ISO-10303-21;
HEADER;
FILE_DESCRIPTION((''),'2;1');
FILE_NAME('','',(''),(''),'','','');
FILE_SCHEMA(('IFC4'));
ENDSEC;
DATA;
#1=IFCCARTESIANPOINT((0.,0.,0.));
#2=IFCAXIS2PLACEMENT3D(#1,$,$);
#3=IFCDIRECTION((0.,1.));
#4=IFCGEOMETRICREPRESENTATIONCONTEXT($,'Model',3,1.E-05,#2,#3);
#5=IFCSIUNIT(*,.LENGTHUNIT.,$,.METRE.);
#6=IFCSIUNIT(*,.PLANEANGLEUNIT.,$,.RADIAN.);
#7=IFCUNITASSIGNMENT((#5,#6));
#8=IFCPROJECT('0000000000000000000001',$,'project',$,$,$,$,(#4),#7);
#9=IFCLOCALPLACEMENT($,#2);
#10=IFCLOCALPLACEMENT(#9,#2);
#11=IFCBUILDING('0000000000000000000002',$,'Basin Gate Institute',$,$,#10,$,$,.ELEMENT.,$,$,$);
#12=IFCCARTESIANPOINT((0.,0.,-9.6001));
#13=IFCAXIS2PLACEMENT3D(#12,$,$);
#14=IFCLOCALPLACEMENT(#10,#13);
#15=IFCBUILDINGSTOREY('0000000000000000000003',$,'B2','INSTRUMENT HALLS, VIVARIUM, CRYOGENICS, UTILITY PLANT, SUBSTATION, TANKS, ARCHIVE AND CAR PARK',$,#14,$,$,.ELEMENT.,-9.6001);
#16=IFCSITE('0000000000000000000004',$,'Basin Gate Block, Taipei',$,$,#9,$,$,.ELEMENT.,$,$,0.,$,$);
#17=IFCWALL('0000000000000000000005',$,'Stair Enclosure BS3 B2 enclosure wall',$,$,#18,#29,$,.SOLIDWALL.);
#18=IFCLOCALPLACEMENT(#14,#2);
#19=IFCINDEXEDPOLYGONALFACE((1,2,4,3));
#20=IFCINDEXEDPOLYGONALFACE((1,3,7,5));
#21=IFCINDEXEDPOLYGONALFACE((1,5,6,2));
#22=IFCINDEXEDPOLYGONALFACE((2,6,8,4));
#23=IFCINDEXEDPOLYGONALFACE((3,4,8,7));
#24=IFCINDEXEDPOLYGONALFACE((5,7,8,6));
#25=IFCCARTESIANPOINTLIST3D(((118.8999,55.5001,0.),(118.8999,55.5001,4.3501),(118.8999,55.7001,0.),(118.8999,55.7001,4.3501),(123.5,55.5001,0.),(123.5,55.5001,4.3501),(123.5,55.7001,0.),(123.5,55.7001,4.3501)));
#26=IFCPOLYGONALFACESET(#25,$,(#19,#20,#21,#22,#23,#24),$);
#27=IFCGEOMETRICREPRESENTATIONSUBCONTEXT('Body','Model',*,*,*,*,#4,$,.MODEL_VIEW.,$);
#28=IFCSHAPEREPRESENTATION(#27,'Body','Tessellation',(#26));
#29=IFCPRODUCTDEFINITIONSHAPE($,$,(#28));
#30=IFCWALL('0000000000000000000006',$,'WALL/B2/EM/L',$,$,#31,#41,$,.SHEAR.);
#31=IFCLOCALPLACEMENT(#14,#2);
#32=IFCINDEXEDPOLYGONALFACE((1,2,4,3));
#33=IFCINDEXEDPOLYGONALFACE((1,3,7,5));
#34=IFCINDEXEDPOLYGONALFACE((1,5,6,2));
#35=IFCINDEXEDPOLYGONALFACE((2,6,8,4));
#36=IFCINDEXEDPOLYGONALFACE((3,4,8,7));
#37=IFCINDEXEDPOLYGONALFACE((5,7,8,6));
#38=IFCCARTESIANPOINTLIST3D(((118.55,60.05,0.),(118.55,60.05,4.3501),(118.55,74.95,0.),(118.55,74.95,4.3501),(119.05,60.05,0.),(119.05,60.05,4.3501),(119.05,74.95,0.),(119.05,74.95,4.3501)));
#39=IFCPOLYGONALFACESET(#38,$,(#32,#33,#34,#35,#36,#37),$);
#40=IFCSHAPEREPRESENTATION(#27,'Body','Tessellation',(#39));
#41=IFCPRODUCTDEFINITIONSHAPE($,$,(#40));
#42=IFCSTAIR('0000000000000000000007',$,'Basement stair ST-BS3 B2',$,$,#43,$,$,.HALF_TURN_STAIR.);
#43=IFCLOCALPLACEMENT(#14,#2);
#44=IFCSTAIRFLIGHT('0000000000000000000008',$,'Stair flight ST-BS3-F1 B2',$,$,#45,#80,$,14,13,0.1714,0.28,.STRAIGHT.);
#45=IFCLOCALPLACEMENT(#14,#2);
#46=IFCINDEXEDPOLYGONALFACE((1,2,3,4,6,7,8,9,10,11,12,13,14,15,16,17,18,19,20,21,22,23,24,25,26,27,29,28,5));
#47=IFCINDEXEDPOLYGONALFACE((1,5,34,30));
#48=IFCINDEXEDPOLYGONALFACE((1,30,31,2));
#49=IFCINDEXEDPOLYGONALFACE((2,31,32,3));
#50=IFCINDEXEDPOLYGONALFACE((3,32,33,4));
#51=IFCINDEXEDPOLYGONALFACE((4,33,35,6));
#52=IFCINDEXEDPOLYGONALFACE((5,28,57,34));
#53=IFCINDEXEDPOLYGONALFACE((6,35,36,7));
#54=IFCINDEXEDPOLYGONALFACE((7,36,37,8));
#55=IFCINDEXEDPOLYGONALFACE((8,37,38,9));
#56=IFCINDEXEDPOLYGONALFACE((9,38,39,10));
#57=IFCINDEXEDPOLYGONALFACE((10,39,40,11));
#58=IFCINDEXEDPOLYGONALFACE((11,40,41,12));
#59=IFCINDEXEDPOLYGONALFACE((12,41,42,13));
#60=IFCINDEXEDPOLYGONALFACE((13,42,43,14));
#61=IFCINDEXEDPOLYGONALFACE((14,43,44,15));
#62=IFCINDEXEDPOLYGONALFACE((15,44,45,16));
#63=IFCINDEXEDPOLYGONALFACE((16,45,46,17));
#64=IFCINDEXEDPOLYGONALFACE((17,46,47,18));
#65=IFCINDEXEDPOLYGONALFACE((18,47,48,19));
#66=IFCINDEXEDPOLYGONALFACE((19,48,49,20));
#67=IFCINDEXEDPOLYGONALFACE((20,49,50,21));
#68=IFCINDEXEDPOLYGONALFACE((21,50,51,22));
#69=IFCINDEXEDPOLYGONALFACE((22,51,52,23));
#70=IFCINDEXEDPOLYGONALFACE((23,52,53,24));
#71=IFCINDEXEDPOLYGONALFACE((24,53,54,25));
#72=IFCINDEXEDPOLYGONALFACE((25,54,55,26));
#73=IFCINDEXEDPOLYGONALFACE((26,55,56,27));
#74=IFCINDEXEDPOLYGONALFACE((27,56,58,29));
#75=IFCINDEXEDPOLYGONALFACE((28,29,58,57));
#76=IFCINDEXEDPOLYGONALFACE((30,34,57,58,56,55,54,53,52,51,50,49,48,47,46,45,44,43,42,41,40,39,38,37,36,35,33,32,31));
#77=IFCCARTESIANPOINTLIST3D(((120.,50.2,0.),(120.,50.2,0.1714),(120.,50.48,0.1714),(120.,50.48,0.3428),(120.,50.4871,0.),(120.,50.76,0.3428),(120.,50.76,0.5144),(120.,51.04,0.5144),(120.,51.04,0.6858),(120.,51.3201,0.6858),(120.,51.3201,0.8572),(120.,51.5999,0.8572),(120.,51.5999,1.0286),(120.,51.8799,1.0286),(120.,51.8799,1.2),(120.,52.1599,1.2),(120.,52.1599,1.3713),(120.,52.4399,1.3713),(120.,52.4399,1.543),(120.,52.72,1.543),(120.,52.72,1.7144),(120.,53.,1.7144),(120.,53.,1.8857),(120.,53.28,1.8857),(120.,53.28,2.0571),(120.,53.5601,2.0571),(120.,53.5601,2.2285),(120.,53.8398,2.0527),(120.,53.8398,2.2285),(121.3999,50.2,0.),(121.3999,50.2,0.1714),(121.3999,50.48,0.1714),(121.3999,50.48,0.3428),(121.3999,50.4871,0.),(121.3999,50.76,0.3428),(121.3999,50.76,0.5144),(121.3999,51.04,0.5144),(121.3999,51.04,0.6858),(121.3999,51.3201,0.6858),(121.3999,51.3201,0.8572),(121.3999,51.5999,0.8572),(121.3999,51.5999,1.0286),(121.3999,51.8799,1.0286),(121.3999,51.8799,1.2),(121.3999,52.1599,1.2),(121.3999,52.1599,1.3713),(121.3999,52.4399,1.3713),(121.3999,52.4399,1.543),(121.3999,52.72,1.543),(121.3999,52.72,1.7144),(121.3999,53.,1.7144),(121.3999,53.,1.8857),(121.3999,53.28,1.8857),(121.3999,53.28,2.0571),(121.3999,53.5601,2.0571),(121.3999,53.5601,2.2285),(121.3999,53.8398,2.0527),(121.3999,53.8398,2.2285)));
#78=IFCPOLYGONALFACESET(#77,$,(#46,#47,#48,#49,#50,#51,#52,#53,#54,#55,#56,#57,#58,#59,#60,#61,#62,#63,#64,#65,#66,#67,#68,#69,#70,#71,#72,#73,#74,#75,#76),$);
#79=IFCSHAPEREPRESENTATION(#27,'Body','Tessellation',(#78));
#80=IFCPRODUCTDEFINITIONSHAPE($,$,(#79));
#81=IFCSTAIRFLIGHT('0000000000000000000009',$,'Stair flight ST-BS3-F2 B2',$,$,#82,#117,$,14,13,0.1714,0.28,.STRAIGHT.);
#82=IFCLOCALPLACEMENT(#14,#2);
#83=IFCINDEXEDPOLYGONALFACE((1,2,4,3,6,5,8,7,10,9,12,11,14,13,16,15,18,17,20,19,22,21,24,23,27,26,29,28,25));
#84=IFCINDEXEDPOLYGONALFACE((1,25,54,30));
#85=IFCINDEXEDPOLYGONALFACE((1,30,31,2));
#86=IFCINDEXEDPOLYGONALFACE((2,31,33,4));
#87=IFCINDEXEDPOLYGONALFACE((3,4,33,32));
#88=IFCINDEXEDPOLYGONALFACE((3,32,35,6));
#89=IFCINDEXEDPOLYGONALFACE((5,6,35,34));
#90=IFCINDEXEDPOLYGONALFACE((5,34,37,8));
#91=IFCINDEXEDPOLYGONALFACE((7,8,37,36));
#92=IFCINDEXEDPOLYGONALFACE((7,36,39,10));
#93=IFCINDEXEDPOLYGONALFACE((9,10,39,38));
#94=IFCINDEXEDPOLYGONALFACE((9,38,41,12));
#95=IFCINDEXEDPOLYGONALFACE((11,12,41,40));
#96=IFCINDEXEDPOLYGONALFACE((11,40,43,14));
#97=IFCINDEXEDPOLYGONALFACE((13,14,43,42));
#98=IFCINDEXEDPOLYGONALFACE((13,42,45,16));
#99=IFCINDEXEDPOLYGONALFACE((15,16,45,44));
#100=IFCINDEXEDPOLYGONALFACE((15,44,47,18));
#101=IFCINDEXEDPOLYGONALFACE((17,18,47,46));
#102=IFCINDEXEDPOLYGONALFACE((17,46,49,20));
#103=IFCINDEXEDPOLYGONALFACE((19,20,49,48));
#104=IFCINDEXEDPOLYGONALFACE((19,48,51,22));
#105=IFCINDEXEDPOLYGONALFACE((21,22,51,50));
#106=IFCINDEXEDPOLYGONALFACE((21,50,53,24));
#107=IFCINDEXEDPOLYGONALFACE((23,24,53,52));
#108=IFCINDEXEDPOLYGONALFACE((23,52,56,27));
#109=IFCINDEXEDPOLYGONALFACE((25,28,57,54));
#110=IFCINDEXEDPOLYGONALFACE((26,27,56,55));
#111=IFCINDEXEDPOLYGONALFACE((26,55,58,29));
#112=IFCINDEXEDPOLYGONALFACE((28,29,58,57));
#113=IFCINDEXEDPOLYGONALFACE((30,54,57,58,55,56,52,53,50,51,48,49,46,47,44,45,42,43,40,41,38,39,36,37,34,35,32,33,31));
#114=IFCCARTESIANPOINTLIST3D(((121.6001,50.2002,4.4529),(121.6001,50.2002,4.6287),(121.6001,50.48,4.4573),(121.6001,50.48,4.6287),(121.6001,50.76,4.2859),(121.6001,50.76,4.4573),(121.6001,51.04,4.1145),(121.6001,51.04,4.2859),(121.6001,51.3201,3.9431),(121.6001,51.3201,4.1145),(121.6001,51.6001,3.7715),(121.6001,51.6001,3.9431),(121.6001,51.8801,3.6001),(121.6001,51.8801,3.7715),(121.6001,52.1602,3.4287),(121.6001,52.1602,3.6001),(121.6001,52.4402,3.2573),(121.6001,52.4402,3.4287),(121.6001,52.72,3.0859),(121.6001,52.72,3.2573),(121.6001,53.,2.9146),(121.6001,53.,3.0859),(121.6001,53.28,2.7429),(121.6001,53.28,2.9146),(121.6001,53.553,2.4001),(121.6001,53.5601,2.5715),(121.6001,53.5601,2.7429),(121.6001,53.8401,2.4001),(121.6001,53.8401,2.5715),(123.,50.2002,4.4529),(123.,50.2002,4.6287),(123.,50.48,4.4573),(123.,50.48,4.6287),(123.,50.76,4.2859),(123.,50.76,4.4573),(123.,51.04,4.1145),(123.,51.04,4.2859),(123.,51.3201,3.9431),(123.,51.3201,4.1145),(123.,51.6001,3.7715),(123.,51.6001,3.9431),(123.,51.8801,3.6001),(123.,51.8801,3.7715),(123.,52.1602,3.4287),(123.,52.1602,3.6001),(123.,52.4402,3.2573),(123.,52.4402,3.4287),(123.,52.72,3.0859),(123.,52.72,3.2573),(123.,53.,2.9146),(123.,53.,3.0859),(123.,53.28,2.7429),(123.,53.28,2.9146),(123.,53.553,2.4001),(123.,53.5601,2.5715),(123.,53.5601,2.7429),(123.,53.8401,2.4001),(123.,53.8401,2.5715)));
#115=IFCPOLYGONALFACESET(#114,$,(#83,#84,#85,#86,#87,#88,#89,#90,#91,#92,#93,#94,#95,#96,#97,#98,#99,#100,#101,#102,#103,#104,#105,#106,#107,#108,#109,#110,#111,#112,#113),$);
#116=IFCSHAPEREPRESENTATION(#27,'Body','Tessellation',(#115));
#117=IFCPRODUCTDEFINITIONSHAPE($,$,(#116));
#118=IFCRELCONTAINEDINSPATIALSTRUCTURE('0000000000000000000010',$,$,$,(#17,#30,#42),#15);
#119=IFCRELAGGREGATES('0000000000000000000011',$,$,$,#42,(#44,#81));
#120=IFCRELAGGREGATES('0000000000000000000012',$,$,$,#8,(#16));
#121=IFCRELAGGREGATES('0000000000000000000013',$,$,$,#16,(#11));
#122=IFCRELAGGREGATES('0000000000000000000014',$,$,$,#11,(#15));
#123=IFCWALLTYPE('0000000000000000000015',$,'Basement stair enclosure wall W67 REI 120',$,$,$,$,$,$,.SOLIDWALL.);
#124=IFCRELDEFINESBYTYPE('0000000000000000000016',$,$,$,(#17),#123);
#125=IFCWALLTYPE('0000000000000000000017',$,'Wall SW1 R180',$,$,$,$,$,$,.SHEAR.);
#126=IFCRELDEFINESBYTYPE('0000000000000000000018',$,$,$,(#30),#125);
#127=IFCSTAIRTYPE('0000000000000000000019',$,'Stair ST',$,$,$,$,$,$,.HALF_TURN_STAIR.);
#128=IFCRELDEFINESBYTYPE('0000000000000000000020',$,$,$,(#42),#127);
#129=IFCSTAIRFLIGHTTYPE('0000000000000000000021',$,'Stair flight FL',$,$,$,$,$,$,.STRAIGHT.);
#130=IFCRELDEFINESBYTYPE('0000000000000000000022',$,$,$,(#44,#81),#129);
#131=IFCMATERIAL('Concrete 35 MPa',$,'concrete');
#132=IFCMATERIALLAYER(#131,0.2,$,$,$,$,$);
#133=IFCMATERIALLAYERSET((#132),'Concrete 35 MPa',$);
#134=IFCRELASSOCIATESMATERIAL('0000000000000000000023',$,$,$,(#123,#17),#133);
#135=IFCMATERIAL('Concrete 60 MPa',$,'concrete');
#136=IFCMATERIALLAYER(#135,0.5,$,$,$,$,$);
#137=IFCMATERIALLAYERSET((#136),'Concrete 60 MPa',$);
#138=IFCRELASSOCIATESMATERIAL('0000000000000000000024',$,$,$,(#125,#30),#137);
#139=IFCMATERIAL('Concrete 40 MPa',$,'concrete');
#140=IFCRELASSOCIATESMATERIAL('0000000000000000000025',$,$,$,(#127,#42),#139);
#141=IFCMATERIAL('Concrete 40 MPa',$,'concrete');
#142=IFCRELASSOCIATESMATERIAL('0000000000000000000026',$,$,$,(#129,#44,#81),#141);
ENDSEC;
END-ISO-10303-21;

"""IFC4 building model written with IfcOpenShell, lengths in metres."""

from ifc_helpers import new_model, si_unit, direction, frame, frame_2d, origin, place, context, subcontext, project, spatial, polyline, rectangle, outline, extrude, material, layer, layer_set, type_object, element, aggregate, save


model = new_model("IFC4")

# Units and contexts
model_context = context("Model", 3, precision=1e-05, world=origin(), true_north=direction((0.0, 1.0)))
body_context = subcontext(model_context, "Body", "Model", "MODEL_VIEW")
ifc_project = project(units=[si_unit("LENGTHUNIT", "METRE"), si_unit("PLANEANGLEUNIT", "RADIAN")], contexts=[model_context])

# Site, building, storey
site_placement = place(None, origin())
site = spatial("IfcSite", under=ifc_project, at=site_placement, Name="Basin Gate Block, Taipei", CompositionType="ELEMENT", RefElevation=0.0)
building_placement = place(site_placement, origin())
building = spatial("IfcBuilding", under=site, at=building_placement, Name="Basin Gate Institute", CompositionType="ELEMENT")
storey_placement = place(building_placement, frame((0.0, 0.0, -9.6001)))
storey = spatial("IfcBuildingStorey", under=building, at=storey_placement, Name="B2", Description="INSTRUMENT HALLS, VIVARIUM, CRYOGENICS, UTILITY PLANT, SUBSTATION, TANKS, ARCHIVE AND CAR PARK", CompositionType="ELEMENT", Elevation=-9.6001)

# Walls
ifc_material_1 = material(Name="Concrete 35 MPa", Category="concrete")
ifc_layer_1 = layer(ifc_material_1, 0.2)
ifc_layer_set_1 = layer_set([ifc_layer_1], Name="Concrete 35 MPa")
wall_type_1 = type_object("IfcWallType", Name="Basement stair enclosure wall W67 REI 120", PredefinedType="SOLIDWALL", material=ifc_layer_set_1)
wall_1_placement = place(storey_placement, frame((118.8999, 55.6001, 0.0), z_axis=(0.0, 0.0, 1.0), x_axis=(1.0, 0.0, 0.0)))
element("IfcWall", 1, at=wall_1_placement, inside=storey, type_object=wall_type_1, material=ifc_layer_set_1, Name="Stair Enclosure BS3 B2 enclosure wall", PredefinedType="SOLIDWALL", context=body_context, shape_type="SweptSolid", body=[
    extrude(rectangle(XDim=4.6001, YDim=0.2, at=frame_2d((2.3, 0.0))), origin(), (0.0, 0.0, 1.0), 4.3501),
])
ifc_material_2 = material(Name="Concrete 60 MPa", Category="concrete")
ifc_layer_2 = layer(ifc_material_2, 0.5)
ifc_layer_set_2 = layer_set([ifc_layer_2], Name="Concrete 60 MPa")
wall_type_2 = type_object("IfcWallType", Name="Wall SW1 R180", PredefinedType="SHEAR", material=ifc_layer_set_2)
wall_2_placement = place(storey_placement, frame((118.8, 60.05, 0.0), z_axis=(0.0, 0.0, 1.0), x_axis=(0.0, 1.0, 0.0)))
element("IfcWall", 2, at=wall_2_placement, inside=storey, type_object=wall_type_2, material=ifc_layer_set_2, Name="WALL/B2/EM/L", PredefinedType="SHEAR", context=body_context, shape_type="SweptSolid", body=[
    extrude(rectangle(XDim=14.8999, YDim=0.5, at=frame_2d((7.45, 0.0))), origin(), (0.0, 0.0, 1.0), 4.3501),
])

# Stair, stair flights
ifc_material_3 = material(Name="Concrete 40 MPa", Category="concrete")
stair_type = type_object("IfcStairType", Name="Stair ST", PredefinedType="HALF_TURN_STAIR", material=ifc_material_3)
stair_placement = place(storey_placement, origin())
stair = element("IfcStair", 3, at=stair_placement, inside=storey, type_object=stair_type, material=ifc_material_3, Name="Basement stair ST-BS3 B2", PredefinedType="HALF_TURN_STAIR")
ifc_material_4 = material(Name="Concrete 40 MPa", Category="concrete")
stair_flight_type = type_object("IfcStairFlightType", Name="Stair flight FL", PredefinedType="STRAIGHT", material=ifc_material_4)
stair_flight_1_placement = place(storey_placement, frame((120.7, 50.2, 0.0), z_axis=(0.0, 0.0, 1.0), x_axis=(0.0, 1.0, 0.0)))
stair_flight_1 = element("IfcStairFlight", 4, at=stair_flight_1_placement, type_object=stair_flight_type, material=ifc_material_4, Name="Stair flight ST-BS3-F1 B2", NumberOfRisers=14, NumberOfTreads=13, PredefinedType="STRAIGHT", RiserHeight=0.1714, TreadLength=0.28, context=body_context, shape_type="SweptSolid", body=[
    extrude(outline(polyline([(0.0, 0.0), (0.0, 0.1714), (0.28, 0.1714), (0.28, 0.3428), (0.5601, 0.3428), (0.5601, 0.5144), (0.8401, 0.5144), (0.8401, 0.6858), (1.1201, 0.6858), (1.1201, 0.8572), (1.3999, 0.8572), (1.3999, 1.0286), (1.6799, 1.0286), (1.6799, 1.2), (1.96, 1.2), (1.96, 1.3713), (2.24, 1.3713), (2.24, 1.543), (2.52, 1.543), (2.52, 1.7144), (2.8, 1.7144), (2.8, 1.8857), (3.0801, 1.8857), (3.0801, 2.0571), (3.3601, 2.0571), (3.3601, 2.2285), (3.6399, 2.2285), (3.6399, 2.3999), (3.6399, 2.0527), (0.2871, 0.0), (0.0, 0.0)])), frame((0.0, 0.7, 0.0), z_axis=(0.0, -1.0, 0.0), x_axis=(1.0, 0.0, 0.0)), (0.0, 0.0, 1.0), 1.3999),
])
stair_flight_2_placement = place(storey_placement, frame((122.3, 53.8401, 2.4001), z_axis=(0.0, 0.0, 1.0), x_axis=(0.0, -1.0, 0.0)))
stair_flight_2 = element("IfcStairFlight", 5, at=stair_flight_2_placement, type_object=stair_flight_type, material=ifc_material_4, Name="Stair flight ST-BS3-F2 B2", NumberOfRisers=14, NumberOfTreads=13, PredefinedType="STRAIGHT", RiserHeight=0.1714, TreadLength=0.28, context=body_context, shape_type="SweptSolid", body=[
    extrude(outline(polyline([(0.0, 0.0), (0.0, 0.1714), (0.28, 0.1714), (0.28, 0.3428), (0.5601, 0.3428), (0.5601, 0.5144), (0.8401, 0.5144), (0.8401, 0.6858), (1.1201, 0.6858), (1.1201, 0.8572), (1.3999, 0.8572), (1.3999, 1.0286), (1.6799, 1.0286), (1.6799, 1.2), (1.96, 1.2), (1.96, 1.3713), (2.24, 1.3713), (2.24, 1.543), (2.52, 1.543), (2.52, 1.7144), (2.8, 1.7144), (2.8, 1.8857), (3.0801, 1.8857), (3.0801, 2.0571), (3.3601, 2.0571), (3.3601, 2.2285), (3.6399, 2.2285), (3.6399, 2.3999), (3.6399, 2.0527), (0.2871, 0.0), (0.0, 0.0)])), frame((0.0, 0.7, 0.0), z_axis=(0.0, -1.0, 0.0), x_axis=(1.0, 0.0, 0.0)), (0.0, 0.0, 1.0), 1.3999),
])
aggregate(stair, [stair_flight_1, stair_flight_2])

save(model, "model.ifc")
